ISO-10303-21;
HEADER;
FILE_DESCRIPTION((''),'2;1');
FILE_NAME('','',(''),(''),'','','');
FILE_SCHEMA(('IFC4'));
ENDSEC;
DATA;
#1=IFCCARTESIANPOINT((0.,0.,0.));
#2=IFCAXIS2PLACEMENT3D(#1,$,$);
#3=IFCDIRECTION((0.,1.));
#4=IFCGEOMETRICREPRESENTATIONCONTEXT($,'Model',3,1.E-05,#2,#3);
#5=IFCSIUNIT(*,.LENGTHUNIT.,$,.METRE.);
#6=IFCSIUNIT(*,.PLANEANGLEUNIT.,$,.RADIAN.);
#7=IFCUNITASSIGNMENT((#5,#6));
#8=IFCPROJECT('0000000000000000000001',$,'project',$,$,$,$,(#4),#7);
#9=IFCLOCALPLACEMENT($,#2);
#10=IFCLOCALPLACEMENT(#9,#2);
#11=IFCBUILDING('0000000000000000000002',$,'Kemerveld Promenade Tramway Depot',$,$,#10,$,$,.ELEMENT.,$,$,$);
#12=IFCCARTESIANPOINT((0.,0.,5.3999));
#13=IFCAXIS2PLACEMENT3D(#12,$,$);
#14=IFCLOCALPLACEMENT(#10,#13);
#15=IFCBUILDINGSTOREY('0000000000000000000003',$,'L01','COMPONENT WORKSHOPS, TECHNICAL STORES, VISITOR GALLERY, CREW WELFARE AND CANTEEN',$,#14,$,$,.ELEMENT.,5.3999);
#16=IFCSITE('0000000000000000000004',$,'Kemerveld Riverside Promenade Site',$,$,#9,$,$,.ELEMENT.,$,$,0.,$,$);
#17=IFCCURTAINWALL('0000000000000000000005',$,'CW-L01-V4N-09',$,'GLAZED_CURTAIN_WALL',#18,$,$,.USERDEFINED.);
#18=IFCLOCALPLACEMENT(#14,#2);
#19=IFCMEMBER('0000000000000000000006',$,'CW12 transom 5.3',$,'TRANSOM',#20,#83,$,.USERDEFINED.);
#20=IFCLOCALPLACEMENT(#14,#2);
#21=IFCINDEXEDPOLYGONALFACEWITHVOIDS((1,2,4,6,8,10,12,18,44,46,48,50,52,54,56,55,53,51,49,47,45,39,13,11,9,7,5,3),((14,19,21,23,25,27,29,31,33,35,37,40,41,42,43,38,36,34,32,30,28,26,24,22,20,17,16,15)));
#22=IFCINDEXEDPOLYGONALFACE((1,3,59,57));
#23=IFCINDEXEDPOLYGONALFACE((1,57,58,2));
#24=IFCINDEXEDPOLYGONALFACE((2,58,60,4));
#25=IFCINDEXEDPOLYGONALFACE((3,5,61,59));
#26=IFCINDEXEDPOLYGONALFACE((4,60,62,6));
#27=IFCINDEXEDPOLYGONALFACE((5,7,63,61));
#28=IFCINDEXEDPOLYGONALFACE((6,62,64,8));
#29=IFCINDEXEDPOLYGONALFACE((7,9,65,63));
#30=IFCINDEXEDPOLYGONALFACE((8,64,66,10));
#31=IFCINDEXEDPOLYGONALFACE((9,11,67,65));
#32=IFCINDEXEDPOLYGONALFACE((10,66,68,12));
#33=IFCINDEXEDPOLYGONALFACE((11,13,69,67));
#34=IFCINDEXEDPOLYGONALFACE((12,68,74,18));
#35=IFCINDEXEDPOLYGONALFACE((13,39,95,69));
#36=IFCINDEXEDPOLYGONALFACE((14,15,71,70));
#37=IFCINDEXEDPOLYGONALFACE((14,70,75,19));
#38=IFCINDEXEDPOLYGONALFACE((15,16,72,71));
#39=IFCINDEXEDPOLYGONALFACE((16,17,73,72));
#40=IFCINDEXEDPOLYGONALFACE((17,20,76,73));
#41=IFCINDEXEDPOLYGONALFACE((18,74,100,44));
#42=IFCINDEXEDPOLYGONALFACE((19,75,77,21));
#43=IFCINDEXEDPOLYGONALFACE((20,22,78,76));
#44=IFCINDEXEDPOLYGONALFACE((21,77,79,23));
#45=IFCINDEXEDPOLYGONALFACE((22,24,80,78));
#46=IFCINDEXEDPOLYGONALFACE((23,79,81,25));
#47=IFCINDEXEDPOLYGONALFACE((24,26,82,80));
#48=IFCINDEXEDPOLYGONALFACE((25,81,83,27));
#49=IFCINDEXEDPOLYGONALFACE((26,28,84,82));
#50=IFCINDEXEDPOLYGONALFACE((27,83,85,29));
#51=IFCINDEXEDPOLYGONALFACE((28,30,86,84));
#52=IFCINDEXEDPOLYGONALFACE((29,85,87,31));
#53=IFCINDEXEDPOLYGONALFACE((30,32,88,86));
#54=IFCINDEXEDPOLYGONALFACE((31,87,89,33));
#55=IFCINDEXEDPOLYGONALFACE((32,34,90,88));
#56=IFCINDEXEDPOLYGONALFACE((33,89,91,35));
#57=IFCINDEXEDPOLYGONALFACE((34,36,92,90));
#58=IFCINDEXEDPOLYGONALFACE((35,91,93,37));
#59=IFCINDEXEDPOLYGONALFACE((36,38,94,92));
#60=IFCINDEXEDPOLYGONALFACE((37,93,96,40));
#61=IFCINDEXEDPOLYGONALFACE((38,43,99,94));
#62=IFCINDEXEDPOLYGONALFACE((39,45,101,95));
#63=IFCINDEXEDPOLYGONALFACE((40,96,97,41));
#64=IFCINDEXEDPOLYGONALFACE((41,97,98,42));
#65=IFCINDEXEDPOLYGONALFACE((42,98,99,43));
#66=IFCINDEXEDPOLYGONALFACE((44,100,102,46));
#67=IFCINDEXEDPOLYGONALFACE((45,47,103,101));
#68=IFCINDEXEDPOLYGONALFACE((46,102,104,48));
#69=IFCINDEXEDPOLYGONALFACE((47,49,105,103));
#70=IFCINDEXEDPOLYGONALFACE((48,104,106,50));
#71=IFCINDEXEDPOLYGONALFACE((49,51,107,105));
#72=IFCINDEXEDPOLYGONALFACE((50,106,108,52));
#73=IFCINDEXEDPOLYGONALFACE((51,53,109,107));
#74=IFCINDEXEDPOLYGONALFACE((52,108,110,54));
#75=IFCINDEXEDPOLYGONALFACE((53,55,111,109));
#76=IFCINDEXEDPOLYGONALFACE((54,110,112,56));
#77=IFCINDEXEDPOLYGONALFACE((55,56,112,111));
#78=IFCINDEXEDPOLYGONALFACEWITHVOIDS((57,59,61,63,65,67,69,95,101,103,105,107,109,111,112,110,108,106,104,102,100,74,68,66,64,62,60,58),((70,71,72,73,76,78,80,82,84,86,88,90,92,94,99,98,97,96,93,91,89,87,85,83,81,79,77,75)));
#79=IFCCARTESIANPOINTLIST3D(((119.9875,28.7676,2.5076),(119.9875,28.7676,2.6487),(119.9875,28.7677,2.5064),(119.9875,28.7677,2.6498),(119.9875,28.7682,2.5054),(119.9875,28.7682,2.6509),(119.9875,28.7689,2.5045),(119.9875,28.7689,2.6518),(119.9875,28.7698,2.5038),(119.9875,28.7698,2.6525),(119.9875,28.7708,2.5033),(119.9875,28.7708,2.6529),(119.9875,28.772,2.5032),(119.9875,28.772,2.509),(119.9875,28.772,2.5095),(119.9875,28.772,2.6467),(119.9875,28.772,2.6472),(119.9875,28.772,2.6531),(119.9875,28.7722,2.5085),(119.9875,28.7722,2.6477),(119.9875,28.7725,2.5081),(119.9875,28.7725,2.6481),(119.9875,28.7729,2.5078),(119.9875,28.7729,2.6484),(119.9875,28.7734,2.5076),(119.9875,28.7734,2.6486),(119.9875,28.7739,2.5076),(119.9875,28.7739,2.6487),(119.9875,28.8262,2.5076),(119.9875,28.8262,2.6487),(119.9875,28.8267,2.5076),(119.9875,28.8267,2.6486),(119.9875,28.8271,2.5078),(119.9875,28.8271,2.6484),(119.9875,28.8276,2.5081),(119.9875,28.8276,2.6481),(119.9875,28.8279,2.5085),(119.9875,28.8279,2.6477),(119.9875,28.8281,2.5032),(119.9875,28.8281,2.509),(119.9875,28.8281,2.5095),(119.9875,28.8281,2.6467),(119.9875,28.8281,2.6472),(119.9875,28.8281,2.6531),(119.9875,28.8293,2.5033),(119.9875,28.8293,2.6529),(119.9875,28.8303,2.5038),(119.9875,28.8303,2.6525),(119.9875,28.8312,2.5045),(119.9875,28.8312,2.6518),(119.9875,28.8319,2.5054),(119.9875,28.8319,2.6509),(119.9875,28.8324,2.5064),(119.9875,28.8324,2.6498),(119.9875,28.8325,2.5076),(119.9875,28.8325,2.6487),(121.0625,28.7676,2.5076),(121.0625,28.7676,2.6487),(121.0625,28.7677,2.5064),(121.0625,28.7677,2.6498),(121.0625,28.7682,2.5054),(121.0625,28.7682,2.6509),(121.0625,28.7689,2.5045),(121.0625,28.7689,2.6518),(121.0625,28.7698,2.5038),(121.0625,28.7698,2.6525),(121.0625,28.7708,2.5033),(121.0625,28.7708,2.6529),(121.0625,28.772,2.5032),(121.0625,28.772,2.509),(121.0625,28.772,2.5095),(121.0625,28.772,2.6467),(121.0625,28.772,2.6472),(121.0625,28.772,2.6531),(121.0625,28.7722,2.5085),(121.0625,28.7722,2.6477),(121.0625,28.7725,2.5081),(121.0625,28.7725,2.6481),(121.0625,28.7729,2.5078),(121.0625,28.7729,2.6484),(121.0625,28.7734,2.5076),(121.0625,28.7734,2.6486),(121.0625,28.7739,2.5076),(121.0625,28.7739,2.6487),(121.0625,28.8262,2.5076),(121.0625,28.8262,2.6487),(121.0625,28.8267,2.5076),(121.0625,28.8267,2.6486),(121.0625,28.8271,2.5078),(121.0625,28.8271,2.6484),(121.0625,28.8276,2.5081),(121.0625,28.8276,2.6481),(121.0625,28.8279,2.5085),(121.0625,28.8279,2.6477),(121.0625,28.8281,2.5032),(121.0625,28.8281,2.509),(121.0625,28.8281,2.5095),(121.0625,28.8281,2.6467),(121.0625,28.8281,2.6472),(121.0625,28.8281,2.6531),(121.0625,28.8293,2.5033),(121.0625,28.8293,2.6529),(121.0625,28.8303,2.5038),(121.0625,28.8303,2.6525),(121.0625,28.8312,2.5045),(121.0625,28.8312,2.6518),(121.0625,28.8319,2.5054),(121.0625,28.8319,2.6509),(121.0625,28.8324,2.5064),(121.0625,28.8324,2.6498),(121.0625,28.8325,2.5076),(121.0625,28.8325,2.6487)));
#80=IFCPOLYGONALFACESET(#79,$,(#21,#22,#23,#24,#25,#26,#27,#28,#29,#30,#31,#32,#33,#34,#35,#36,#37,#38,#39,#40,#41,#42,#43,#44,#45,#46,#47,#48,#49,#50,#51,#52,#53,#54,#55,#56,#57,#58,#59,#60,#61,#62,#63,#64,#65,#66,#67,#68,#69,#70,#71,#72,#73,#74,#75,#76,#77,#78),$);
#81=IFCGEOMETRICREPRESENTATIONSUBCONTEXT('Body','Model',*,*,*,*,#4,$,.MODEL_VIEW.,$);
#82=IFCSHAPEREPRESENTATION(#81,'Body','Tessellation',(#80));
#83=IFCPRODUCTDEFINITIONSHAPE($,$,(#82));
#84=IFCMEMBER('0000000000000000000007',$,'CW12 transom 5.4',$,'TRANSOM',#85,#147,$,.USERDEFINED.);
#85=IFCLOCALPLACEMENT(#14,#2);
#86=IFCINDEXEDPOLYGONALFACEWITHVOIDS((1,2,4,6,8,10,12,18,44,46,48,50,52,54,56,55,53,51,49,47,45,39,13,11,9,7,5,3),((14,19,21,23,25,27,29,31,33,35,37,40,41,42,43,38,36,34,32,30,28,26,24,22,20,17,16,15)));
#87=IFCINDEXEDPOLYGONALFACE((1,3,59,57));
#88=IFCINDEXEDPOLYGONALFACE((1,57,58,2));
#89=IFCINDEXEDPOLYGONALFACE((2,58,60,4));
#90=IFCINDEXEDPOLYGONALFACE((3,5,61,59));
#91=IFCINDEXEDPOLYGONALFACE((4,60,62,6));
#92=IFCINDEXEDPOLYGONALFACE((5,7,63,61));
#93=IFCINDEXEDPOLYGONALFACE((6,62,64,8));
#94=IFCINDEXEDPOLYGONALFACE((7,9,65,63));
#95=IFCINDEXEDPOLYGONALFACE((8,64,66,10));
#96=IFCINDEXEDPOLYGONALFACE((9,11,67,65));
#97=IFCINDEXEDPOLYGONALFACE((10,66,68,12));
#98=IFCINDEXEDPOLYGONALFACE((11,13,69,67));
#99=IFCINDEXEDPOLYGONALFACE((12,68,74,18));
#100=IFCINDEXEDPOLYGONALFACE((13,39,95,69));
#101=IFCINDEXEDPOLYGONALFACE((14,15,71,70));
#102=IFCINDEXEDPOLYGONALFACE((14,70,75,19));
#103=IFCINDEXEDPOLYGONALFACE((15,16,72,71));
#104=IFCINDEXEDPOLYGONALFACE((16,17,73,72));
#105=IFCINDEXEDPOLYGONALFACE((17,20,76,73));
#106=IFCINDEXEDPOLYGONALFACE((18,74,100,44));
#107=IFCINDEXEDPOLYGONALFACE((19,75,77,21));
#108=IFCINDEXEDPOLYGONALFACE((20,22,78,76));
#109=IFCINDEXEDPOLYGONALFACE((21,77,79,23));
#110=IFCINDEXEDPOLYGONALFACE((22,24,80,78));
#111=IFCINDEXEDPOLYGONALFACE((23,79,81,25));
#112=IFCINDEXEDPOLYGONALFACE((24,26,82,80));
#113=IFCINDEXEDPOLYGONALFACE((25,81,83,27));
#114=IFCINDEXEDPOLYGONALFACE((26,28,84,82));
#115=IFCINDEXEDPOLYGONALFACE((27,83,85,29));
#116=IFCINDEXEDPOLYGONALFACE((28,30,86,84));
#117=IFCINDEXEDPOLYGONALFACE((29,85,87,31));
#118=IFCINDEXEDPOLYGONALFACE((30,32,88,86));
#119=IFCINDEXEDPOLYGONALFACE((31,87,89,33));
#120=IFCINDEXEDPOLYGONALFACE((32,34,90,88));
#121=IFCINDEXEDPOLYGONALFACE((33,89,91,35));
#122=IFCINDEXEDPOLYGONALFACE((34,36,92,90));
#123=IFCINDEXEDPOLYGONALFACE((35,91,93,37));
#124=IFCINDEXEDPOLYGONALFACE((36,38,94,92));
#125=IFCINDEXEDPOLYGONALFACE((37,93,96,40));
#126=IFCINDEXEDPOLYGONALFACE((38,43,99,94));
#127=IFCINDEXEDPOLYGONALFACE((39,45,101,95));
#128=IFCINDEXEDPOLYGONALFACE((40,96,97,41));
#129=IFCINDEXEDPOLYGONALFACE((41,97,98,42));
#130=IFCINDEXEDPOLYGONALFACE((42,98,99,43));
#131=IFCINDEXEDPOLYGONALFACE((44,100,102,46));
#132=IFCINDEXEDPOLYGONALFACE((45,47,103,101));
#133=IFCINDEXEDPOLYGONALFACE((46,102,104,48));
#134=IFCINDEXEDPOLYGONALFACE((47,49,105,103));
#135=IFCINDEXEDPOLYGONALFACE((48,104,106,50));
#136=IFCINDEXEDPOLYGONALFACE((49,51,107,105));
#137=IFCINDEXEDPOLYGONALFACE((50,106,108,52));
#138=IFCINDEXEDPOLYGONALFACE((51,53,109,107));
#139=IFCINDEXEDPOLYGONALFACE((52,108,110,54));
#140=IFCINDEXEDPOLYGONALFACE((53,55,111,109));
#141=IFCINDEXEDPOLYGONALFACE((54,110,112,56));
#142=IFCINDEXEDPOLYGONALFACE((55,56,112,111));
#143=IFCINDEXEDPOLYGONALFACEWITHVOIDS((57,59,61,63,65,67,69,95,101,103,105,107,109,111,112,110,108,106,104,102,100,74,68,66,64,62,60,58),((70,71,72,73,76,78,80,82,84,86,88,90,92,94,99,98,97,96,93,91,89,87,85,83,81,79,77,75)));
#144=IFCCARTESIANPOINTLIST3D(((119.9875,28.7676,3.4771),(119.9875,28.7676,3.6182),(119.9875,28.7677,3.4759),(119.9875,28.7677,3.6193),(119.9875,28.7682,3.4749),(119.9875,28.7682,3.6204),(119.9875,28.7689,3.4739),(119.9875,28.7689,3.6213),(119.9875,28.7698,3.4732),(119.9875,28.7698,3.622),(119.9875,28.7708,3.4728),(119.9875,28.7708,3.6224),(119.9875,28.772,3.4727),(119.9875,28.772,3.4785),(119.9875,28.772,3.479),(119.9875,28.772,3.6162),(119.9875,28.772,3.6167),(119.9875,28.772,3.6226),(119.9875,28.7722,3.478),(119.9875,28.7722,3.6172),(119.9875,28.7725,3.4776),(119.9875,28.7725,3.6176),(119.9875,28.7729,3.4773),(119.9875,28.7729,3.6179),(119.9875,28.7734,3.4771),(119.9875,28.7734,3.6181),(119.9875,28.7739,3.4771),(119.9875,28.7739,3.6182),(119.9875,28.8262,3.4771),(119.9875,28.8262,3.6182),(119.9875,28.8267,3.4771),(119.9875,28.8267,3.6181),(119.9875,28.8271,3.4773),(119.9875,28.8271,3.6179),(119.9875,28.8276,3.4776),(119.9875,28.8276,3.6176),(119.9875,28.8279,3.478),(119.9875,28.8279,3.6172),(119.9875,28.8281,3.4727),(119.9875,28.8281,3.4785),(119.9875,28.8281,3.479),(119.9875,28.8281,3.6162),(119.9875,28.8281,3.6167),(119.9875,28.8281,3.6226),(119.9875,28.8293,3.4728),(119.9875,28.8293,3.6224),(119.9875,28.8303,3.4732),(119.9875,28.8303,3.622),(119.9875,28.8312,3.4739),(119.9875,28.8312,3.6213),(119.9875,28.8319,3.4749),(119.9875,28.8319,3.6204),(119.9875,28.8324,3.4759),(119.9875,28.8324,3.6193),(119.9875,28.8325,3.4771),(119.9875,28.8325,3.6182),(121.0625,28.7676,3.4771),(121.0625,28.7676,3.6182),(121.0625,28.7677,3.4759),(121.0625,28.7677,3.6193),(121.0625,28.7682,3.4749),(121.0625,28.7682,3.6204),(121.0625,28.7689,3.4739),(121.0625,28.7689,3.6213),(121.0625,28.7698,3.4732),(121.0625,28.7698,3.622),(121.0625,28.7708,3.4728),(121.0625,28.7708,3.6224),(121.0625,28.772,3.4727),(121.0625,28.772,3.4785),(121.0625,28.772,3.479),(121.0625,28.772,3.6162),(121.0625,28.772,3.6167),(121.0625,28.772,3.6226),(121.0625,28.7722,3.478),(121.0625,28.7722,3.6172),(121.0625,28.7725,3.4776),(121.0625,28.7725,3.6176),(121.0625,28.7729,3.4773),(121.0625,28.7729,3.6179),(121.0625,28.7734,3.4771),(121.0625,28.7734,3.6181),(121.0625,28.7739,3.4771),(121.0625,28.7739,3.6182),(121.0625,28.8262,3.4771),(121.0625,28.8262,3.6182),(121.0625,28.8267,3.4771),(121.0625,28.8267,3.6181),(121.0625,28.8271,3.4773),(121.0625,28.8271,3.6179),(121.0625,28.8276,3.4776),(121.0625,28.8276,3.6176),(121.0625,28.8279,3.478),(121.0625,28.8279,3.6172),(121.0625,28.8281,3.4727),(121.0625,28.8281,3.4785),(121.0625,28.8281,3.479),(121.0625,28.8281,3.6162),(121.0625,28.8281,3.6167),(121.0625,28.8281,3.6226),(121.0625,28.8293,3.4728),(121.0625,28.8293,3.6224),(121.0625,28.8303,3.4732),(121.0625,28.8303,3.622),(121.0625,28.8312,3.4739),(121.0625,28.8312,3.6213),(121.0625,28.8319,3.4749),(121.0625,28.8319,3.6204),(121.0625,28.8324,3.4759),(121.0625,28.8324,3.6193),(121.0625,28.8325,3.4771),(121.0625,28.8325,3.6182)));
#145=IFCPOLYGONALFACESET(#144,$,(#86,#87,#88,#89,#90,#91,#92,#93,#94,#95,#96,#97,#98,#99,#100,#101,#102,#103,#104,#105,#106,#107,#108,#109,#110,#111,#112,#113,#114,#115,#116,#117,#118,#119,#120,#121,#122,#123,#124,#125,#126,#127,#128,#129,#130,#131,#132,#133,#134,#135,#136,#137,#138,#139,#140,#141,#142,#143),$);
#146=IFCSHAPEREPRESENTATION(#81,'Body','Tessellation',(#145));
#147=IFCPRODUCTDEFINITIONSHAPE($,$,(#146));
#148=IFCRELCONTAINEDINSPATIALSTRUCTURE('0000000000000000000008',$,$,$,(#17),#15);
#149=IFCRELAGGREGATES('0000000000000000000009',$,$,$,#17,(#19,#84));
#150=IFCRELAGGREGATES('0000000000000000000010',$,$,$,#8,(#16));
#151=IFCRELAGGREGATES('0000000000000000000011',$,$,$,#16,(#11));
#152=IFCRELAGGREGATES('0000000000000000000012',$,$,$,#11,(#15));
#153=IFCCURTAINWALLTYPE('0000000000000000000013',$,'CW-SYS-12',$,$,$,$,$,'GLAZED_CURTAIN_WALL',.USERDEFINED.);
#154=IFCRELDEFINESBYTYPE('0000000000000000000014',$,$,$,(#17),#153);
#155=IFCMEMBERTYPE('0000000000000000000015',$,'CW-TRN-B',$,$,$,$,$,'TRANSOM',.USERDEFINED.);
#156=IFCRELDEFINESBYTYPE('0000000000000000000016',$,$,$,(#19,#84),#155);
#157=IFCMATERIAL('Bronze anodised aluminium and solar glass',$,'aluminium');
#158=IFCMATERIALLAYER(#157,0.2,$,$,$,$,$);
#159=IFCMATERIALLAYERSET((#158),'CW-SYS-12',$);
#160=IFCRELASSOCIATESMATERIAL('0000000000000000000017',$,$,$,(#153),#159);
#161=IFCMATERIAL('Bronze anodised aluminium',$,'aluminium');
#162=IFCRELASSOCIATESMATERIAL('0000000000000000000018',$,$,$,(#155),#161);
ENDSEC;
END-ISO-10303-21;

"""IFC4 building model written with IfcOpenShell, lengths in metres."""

from ifc_helpers import new_model, si_unit, direction, frame, origin, origin_2d, place, context, subcontext, project, spatial, hollow_rectangle, extrude, material, layer, layer_set, material_profile, profile_set, type_object, element, aggregate, save


model = new_model("IFC4")

# Units and contexts
model_context = context("Model", 3, precision=1e-05, world=origin(), true_north=direction((0.0, 1.0)))
body_context = subcontext(model_context, "Body", "Model", "MODEL_VIEW")
ifc_project = project(units=[si_unit("LENGTHUNIT", "METRE"), si_unit("PLANEANGLEUNIT", "RADIAN")], contexts=[model_context])

# Site, building, storey
site_placement = place(None, origin())
site = spatial("IfcSite", under=ifc_project, at=site_placement, Name="Kemerveld Riverside Promenade Site", CompositionType="ELEMENT", RefElevation=0.0)
building_placement = place(site_placement, origin())
building = spatial("IfcBuilding", under=site, at=building_placement, Name="Kemerveld Promenade Tramway Depot", CompositionType="ELEMENT")
storey_placement = place(building_placement, frame((0.0, 0.0, 5.3999)))
storey = spatial("IfcBuildingStorey", under=building, at=storey_placement, Name="L01", Description="COMPONENT WORKSHOPS, TECHNICAL STORES, VISITOR GALLERY, CREW WELFARE AND CANTEEN", CompositionType="ELEMENT", Elevation=5.3999)

# Curtain wall, members
ifc_material_1 = material(Name="Bronze anodised aluminium and solar glass", Category="aluminium")
ifc_layer_1 = layer(ifc_material_1, 0.2)
ifc_layer_set_1 = layer_set([ifc_layer_1], Name="CW-SYS-12")
curtain_wall_type = type_object("IfcCurtainWallType", Name="CW-SYS-12", ElementType="GLAZED_CURTAIN_WALL", PredefinedType="USERDEFINED", material=ifc_layer_set_1)
curtain_wall_placement = place(storey_placement, origin())
curtain_wall = element("IfcCurtainWall", 1, at=curtain_wall_placement, inside=storey, type_object=curtain_wall_type, Name="CW-L01-V4N-09", ObjectType="GLAZED_CURTAIN_WALL", PredefinedType="USERDEFINED")
ifc_material_2 = material(Name="Bronze anodised aluminium", Category="aluminium")
ifc_material_profile_1 = material_profile(ifc_material_2, hollow_rectangle(XDim=0.0649, YDim=0.1499, WallThickness=0.0044, InnerFilletRadius=0.002, OuterFilletRadius=0.0044, at=origin_2d()), Name="CW-TRN-150x65")
ifc_profile_set_1 = profile_set([ifc_material_profile_1], Name="Bronze anodised aluminium")
member_type_1 = type_object("IfcMemberType", Name="CW-TRN-B", ElementType="TRANSOM", PredefinedType="USERDEFINED", material=ifc_profile_set_1)
member_1_placement = place(storey_placement, frame((119.9875, 28.8, 2.5781), z_axis=(1.0, 0.0, 0.0), x_axis=(0.0, 1.0, 0.0)))
member_1 = element("IfcMember", 2, at=member_1_placement, type_object=member_type_1, Name="CW12 transom 5.3", ObjectType="TRANSOM", PredefinedType="USERDEFINED", context=body_context, shape_type="SweptSolid", body=[
    extrude(hollow_rectangle(XDim=0.0649, YDim=0.1499, WallThickness=0.0044, InnerFilletRadius=0.002, OuterFilletRadius=0.0044, at=origin_2d()), origin(), (0.0, 0.0, 1.0), 1.075),
])
member_2_placement = place(storey_placement, frame((119.9875, 28.8, 3.5476), z_axis=(1.0, 0.0, 0.0), x_axis=(0.0, 1.0, 0.0)))
member_2 = element("IfcMember", 3, at=member_2_placement, type_object=member_type_1, Name="CW12 transom 5.4", ObjectType="TRANSOM", PredefinedType="USERDEFINED", context=body_context, shape_type="SweptSolid", body=[
    extrude(hollow_rectangle(XDim=0.0649, YDim=0.1499, WallThickness=0.0044, InnerFilletRadius=0.002, OuterFilletRadius=0.0044, at=origin_2d()), origin(), (0.0, 0.0, 1.0), 1.075),
])
aggregate(curtain_wall, [member_1, member_2])

save(model, "model.ifc")
